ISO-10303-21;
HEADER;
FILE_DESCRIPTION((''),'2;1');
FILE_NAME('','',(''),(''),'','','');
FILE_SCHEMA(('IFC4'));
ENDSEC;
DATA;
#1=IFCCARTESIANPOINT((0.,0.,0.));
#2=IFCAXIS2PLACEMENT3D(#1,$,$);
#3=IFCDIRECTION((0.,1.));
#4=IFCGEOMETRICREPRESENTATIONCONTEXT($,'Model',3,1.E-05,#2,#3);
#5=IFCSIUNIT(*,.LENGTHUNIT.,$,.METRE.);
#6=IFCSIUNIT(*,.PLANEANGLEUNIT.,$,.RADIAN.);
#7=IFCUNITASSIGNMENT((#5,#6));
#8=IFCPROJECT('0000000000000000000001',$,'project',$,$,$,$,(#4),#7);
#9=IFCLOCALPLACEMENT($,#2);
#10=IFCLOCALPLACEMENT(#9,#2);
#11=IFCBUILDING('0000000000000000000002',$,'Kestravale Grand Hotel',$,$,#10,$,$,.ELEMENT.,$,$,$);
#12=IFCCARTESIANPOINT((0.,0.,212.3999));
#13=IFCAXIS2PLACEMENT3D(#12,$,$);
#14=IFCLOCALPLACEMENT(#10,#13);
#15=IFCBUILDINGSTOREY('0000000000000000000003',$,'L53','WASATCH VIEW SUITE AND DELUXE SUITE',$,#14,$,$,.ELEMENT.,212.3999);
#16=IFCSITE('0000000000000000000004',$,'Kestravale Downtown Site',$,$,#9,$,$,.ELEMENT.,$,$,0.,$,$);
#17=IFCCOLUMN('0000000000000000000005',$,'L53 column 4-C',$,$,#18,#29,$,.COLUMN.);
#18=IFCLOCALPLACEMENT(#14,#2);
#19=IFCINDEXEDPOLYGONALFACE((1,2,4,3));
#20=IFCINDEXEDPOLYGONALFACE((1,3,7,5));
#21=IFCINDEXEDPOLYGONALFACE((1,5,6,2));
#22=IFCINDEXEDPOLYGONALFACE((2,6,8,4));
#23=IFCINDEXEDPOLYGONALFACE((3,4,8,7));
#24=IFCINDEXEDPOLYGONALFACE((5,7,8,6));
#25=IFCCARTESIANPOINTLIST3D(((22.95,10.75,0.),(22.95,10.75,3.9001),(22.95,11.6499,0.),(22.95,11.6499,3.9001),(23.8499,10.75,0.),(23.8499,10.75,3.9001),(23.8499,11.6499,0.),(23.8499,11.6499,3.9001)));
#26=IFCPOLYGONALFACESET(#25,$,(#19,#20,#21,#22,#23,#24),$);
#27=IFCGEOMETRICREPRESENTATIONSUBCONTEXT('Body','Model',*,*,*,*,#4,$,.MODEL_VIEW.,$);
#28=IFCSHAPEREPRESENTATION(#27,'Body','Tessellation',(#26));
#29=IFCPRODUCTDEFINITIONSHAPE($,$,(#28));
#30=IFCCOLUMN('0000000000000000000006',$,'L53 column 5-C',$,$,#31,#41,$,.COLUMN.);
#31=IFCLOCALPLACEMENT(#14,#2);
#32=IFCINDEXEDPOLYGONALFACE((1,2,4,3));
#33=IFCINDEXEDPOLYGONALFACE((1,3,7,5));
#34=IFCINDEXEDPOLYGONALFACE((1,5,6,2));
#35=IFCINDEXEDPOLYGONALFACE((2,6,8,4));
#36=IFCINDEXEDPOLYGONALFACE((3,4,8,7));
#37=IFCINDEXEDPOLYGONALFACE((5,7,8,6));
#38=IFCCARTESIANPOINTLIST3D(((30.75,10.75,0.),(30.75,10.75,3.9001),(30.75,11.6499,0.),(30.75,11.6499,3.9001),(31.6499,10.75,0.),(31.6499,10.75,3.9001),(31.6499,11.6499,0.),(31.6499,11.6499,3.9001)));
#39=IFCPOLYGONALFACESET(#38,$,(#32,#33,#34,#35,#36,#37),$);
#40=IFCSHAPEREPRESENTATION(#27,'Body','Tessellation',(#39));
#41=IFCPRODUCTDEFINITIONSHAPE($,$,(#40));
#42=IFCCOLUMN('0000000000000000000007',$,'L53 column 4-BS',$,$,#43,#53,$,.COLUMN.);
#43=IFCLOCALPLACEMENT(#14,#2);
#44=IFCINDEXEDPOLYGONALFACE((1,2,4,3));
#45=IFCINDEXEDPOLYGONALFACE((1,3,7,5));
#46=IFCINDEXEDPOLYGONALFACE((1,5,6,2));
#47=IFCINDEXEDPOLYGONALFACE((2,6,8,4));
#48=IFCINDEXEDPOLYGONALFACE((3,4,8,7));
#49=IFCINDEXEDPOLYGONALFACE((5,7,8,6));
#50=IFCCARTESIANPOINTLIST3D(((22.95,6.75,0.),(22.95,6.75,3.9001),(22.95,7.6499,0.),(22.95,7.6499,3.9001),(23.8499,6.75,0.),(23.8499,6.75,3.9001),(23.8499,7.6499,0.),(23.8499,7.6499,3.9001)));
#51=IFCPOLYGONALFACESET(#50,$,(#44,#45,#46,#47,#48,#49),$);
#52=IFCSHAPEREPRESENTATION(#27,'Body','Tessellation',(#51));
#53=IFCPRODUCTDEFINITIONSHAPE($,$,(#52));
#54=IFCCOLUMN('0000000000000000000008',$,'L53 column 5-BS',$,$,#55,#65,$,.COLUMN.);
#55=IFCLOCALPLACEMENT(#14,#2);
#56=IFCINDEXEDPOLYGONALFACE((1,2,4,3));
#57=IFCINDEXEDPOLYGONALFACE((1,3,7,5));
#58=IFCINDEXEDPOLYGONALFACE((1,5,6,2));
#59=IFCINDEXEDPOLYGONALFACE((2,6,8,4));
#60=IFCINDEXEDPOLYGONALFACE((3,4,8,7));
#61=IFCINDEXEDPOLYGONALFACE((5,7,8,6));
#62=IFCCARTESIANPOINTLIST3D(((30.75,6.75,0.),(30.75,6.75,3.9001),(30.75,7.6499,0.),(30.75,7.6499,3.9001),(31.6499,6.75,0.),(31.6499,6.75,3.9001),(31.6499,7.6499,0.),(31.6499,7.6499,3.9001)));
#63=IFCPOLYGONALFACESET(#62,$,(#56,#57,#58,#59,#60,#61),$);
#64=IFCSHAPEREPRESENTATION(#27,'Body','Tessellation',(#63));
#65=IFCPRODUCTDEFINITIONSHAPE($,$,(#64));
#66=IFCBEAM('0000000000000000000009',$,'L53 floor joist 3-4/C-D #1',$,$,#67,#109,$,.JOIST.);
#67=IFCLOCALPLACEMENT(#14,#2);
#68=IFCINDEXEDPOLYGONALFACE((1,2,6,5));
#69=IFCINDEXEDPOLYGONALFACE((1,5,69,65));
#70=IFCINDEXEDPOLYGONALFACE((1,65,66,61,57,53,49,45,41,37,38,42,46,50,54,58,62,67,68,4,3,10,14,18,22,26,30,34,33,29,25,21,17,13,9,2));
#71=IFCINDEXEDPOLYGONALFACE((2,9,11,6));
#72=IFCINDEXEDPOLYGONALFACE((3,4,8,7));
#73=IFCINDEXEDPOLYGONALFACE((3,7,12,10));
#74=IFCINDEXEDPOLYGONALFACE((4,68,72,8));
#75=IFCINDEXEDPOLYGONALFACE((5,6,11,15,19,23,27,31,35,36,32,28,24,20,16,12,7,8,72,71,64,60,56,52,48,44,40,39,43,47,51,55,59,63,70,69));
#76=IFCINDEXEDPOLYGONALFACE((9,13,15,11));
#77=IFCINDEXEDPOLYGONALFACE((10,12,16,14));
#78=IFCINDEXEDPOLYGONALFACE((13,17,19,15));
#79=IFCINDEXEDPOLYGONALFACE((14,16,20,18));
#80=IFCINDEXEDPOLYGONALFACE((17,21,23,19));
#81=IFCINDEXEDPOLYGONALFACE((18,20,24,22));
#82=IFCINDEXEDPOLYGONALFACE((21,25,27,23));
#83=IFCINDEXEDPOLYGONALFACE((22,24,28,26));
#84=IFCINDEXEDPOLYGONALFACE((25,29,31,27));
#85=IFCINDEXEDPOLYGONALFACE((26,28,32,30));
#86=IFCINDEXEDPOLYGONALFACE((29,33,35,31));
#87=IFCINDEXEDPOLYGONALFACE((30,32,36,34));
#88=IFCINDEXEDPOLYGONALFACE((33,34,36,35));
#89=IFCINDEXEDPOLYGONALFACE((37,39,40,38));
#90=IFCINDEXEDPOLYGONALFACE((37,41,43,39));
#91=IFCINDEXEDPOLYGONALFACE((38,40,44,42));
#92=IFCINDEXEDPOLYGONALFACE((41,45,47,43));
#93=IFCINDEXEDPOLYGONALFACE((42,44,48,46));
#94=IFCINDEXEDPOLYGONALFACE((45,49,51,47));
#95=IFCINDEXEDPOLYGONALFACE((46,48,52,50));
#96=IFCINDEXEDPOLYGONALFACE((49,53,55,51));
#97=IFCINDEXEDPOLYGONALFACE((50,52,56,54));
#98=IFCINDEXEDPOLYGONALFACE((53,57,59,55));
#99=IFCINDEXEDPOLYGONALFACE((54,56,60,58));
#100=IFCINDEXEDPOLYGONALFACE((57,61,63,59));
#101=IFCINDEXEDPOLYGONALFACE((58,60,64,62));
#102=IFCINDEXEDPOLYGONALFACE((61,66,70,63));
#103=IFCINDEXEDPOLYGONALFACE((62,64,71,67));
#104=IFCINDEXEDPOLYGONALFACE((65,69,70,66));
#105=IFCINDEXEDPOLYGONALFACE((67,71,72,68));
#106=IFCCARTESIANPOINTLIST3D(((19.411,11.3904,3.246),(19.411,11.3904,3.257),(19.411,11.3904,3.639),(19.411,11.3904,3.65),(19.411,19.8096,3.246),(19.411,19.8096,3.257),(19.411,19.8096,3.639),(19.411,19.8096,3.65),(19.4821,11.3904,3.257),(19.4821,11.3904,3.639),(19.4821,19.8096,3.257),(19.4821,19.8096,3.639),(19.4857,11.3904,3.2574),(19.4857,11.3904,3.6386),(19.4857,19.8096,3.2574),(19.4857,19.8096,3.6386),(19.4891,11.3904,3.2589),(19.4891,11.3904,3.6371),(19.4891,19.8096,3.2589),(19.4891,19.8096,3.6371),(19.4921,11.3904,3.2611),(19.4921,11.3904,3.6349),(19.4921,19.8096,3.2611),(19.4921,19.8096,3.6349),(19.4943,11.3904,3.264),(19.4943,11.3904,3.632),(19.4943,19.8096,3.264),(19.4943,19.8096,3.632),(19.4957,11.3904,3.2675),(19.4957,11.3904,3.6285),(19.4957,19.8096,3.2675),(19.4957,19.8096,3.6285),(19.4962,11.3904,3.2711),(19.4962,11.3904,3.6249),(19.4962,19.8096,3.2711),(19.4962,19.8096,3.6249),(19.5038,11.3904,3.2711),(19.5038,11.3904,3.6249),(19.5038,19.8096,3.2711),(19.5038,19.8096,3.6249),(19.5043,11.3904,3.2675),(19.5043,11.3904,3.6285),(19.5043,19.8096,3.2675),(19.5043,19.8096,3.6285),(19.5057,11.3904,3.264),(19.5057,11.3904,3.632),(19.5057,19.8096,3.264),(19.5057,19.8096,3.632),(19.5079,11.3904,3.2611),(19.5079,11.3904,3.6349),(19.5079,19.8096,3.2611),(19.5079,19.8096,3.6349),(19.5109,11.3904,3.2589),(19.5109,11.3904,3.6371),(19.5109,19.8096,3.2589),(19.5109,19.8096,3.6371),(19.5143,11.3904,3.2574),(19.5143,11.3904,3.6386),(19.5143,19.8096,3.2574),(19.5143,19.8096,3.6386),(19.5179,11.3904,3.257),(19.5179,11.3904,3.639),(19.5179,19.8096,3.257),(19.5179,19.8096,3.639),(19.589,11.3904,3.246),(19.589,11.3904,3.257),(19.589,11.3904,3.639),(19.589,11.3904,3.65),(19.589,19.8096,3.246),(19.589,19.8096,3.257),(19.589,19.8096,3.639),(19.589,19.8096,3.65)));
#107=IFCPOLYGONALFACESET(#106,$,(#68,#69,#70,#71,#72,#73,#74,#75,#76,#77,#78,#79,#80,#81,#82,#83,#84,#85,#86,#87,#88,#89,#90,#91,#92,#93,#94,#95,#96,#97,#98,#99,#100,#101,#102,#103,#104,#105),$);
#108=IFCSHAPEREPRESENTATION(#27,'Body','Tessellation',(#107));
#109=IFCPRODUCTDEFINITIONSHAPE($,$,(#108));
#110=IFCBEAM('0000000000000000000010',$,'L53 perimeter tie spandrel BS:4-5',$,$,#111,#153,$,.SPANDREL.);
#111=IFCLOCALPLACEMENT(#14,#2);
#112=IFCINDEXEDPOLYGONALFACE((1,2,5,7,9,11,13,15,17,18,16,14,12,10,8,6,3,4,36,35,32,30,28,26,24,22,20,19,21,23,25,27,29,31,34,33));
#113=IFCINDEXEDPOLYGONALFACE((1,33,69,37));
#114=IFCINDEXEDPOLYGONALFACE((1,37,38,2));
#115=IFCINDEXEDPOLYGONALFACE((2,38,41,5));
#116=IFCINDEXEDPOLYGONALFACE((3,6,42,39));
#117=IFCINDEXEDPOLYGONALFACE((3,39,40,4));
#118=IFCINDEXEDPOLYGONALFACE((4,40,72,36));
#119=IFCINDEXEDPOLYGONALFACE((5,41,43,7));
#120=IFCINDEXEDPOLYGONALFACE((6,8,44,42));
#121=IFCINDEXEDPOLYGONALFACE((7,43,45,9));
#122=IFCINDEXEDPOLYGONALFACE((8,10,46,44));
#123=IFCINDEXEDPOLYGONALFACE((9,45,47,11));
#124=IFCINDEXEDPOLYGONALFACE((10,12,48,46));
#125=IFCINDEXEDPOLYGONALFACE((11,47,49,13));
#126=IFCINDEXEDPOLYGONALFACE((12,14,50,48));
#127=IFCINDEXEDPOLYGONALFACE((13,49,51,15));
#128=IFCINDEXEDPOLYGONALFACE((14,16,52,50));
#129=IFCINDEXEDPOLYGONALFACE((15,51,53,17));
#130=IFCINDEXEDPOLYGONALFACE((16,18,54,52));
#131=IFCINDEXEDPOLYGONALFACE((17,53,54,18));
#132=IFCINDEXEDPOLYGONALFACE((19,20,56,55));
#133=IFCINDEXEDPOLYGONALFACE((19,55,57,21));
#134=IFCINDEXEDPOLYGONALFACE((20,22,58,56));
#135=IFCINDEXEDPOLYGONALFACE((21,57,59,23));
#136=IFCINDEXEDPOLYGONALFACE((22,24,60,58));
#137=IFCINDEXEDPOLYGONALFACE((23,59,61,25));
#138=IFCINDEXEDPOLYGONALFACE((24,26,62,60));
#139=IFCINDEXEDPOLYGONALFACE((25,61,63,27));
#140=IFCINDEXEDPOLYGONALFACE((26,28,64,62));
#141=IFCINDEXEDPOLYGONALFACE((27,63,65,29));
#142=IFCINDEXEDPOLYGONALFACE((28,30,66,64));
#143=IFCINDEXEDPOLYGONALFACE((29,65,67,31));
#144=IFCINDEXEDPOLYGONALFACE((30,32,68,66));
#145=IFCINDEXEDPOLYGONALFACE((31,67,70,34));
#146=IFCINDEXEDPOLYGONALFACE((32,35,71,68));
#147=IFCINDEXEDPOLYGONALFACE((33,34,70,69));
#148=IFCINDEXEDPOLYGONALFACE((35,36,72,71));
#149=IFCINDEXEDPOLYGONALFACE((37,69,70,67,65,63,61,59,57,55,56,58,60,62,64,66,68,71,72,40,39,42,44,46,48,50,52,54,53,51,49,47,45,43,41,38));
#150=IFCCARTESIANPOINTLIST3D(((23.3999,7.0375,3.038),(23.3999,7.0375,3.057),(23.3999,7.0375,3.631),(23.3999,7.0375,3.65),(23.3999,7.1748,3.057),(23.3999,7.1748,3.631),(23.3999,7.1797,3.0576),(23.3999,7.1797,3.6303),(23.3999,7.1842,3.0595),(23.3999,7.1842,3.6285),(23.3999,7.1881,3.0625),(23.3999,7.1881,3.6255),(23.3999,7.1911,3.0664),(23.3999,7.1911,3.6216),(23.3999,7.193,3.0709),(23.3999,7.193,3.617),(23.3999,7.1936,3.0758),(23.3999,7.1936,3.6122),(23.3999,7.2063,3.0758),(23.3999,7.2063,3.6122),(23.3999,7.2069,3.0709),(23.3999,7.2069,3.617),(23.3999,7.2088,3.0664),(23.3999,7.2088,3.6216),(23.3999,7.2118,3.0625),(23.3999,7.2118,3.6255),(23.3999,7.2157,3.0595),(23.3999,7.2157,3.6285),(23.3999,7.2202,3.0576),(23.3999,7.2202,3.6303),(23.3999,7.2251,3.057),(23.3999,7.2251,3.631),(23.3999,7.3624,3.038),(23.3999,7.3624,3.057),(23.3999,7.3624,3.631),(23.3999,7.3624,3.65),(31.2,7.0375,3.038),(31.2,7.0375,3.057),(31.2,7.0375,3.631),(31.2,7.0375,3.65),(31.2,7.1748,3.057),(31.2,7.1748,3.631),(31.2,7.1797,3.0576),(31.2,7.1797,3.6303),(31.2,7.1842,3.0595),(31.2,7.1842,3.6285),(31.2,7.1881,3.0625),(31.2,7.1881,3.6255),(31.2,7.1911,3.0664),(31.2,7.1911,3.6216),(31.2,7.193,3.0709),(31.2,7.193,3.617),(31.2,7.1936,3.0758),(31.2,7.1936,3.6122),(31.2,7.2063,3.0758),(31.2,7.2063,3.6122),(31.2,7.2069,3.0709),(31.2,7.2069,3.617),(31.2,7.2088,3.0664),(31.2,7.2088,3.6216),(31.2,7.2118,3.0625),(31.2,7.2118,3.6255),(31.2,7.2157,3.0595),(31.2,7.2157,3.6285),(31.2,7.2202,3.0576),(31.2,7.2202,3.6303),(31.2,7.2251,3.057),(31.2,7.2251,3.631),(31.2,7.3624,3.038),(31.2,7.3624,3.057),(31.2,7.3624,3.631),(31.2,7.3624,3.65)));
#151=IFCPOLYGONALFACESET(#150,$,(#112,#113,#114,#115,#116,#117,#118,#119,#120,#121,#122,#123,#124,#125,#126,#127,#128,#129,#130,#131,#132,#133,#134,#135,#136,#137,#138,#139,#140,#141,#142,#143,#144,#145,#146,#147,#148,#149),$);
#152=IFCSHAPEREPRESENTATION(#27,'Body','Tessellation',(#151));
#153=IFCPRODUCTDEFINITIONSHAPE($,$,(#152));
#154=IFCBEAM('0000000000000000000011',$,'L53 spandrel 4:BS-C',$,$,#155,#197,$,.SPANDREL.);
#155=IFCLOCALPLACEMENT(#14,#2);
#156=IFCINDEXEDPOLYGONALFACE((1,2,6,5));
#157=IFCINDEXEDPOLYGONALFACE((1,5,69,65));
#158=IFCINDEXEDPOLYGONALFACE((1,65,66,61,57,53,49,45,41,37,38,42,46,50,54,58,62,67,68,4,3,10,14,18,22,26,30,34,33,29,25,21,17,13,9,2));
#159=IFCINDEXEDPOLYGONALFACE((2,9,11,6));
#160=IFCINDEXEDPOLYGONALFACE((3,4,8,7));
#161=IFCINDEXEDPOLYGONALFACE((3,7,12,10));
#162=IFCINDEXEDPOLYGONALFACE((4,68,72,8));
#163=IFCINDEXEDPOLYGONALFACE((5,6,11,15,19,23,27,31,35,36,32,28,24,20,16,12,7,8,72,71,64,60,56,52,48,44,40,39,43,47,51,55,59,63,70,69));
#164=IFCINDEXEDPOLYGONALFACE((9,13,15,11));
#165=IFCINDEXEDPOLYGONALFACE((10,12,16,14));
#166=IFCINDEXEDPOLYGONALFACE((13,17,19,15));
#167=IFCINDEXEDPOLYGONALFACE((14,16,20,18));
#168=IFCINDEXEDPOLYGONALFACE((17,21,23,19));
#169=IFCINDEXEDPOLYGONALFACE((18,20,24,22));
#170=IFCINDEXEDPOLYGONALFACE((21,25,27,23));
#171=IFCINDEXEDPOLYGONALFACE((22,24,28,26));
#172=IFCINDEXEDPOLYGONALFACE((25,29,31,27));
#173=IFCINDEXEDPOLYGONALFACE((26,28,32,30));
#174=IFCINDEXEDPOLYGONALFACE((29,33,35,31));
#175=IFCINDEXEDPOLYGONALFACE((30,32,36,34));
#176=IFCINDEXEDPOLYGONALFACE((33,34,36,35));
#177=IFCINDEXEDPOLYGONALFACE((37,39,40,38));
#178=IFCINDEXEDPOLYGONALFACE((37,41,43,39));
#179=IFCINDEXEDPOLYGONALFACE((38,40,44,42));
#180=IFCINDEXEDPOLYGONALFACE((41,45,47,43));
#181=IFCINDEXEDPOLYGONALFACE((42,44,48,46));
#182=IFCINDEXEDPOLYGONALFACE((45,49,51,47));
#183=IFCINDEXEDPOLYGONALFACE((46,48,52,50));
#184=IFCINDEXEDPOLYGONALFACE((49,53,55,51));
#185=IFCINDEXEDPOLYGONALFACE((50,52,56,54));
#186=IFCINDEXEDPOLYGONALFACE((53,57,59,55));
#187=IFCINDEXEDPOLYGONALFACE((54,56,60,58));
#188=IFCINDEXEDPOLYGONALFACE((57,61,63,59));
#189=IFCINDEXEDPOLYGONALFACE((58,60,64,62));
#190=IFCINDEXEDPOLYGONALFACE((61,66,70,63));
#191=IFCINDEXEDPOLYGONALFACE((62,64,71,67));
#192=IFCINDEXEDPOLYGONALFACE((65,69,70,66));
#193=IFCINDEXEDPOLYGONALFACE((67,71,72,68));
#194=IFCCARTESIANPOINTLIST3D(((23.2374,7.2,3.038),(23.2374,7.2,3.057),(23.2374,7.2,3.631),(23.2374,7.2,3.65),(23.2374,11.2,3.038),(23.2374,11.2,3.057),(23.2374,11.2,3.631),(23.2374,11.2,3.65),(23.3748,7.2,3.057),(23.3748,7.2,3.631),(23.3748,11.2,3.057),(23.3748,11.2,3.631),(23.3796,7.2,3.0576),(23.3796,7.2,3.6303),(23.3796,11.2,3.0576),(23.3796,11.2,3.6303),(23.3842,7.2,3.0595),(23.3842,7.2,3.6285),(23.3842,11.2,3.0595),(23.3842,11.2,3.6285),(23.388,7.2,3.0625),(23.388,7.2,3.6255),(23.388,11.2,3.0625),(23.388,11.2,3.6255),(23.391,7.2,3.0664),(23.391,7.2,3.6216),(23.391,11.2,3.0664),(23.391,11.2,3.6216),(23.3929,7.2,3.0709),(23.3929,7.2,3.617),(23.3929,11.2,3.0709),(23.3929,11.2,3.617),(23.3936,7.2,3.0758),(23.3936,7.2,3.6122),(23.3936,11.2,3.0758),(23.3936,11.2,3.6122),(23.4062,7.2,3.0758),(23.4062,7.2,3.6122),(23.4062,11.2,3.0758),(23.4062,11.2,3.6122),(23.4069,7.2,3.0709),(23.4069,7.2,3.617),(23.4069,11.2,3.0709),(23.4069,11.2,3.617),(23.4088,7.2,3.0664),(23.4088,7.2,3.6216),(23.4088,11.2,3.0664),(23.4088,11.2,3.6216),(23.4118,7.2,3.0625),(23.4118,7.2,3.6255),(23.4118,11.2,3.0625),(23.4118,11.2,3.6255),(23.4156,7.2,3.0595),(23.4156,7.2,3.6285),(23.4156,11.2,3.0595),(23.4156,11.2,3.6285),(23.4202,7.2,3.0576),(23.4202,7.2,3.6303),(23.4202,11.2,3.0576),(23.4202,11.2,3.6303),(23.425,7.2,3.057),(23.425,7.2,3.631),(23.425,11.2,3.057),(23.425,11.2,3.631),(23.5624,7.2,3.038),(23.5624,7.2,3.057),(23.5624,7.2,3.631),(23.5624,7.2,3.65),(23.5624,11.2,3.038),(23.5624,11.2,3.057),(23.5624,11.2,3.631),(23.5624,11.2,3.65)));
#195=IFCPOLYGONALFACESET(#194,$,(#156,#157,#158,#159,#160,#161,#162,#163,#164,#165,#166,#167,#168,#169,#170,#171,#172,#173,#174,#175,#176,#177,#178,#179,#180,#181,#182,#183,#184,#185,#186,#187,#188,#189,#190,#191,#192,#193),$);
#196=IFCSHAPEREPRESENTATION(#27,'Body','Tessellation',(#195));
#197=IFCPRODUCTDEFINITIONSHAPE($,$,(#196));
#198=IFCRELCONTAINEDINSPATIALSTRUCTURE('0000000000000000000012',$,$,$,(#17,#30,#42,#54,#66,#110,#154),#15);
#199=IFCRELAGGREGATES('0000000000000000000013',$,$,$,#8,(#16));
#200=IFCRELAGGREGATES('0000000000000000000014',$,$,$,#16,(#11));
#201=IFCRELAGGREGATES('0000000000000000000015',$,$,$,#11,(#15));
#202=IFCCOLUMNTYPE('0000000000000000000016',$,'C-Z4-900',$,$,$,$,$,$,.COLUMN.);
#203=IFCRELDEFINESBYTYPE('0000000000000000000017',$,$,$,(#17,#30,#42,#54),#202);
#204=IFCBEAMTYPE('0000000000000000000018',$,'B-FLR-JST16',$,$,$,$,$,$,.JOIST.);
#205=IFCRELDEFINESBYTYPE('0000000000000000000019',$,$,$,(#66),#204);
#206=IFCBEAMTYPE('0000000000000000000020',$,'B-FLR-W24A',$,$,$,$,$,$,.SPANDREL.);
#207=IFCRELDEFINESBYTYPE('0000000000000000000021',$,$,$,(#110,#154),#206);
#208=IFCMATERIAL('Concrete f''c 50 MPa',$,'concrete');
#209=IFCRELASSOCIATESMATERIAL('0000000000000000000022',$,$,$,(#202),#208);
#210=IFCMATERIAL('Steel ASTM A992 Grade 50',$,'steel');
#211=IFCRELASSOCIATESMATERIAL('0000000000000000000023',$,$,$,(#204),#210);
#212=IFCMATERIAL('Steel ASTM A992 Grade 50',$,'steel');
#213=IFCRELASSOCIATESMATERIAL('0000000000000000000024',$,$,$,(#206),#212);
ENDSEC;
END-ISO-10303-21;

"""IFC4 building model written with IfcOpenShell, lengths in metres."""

from ifc_helpers import new_model, si_unit, direction, frame, origin, origin_2d, place, context, subcontext, project, spatial, rectangle, i_section, extrude, material, material_profile, profile_set, type_object, element, save


model = new_model("IFC4")

# Units and contexts
model_context = context("Model", 3, precision=1e-05, world=origin(), true_north=direction((0.0, 1.0)))
body_context = subcontext(model_context, "Body", "Model", "MODEL_VIEW")
ifc_project = project(units=[si_unit("LENGTHUNIT", "METRE"), si_unit("PLANEANGLEUNIT", "RADIAN")], contexts=[model_context])

# Site, building, storey
site_placement = place(None, origin())
site = spatial("IfcSite", under=ifc_project, at=site_placement, Name="Kestravale Downtown Site", CompositionType="ELEMENT", RefElevation=0.0)
building_placement = place(site_placement, origin())
building = spatial("IfcBuilding", under=site, at=building_placement, Name="Kestravale Grand Hotel", CompositionType="ELEMENT")
storey_placement = place(building_placement, frame((0.0, 0.0, 212.3999)))
storey = spatial("IfcBuildingStorey", under=building, at=storey_placement, Name="L53", Description="WASATCH VIEW SUITE AND DELUXE SUITE", CompositionType="ELEMENT", Elevation=212.3999)

# Columns
ifc_material_1 = material(Name="Concrete f'c 50 MPa", Category="concrete")
ifc_material_profile_1 = material_profile(ifc_material_1, rectangle(XDim=0.8999, YDim=0.8999, at=origin_2d()))
ifc_profile_set_1 = profile_set([ifc_material_profile_1], Name="Concrete f'c 50 MPa")
column_type = type_object("IfcColumnType", Name="C-Z4-900", PredefinedType="COLUMN", material=ifc_profile_set_1)
for number, where, z_axis, x_axis, name in (
    (1, (23.3999, 11.2, 0.0), (0.0, 0.0, 1.0), (1.0, 0.0, 0.0), "L53 column 4-C"),
    (2, (31.2, 11.2, 0.0), (0.0, 0.0, 1.0), (1.0, 0.0, 0.0), "L53 column 5-C"),
    (3, (23.3999, 7.2, 0.0), (0.0, 0.0, 1.0), (1.0, 0.0, 0.0), "L53 column 4-BS"),
    (4, (31.2, 7.2, 0.0), (0.0, 0.0, 1.0), (1.0, 0.0, 0.0), "L53 column 5-BS"),
):
    element("IfcColumn", number, at=place(storey_placement, frame(where, z_axis=z_axis, x_axis=x_axis)), inside=storey, type_object=column_type, Name=name, PredefinedType="COLUMN", context=body_context, shape_type="SweptSolid", body=[
        extrude(rectangle(XDim=0.8999, YDim=0.8999, at=origin_2d()), origin(), (0.0, 0.0, 1.0), 3.9001),
    ])

# Beams
ifc_material_2 = material(Name="Steel ASTM A992 Grade 50", Category="steel")
ifc_material_profile_2 = material_profile(ifc_material_2, i_section(OverallWidth=0.178, OverallDepth=0.4041, WebThickness=0.0076, FlangeThickness=0.011, FilletRadius=0.0142, at=origin_2d()))
ifc_profile_set_2 = profile_set([ifc_material_profile_2], Name="Steel ASTM A992 Grade 50")
beam_type_1 = type_object("IfcBeamType", Name="B-FLR-JST16", PredefinedType="JOIST", material=ifc_profile_set_2)
beam_1_placement = place(storey_placement, frame((19.5, 11.3904, 3.448), z_axis=(0.0, 1.0, 0.0), x_axis=(-1.0, 0.0, 0.0)))
element("IfcBeam", 5, at=beam_1_placement, inside=storey, type_object=beam_type_1, Name="L53 floor joist 3-4/C-D #1", PredefinedType="JOIST", context=body_context, shape_type="SweptSolid", body=[
    extrude(i_section(OverallWidth=0.178, OverallDepth=0.4041, WebThickness=0.0076, FlangeThickness=0.011, FilletRadius=0.0142, at=origin_2d()), origin(), (0.0, 0.0, 1.0), 8.4192),
])
ifc_material_3 = material(Name="Steel ASTM A992 Grade 50", Category="steel")
ifc_material_profile_3 = material_profile(ifc_material_3, i_section(OverallWidth=0.325, OverallDepth=0.6121, WebThickness=0.0127, FlangeThickness=0.019, FilletRadius=0.0188, at=origin_2d()))
ifc_profile_set_3 = profile_set([ifc_material_profile_3], Name="Steel ASTM A992 Grade 50")
beam_type_2 = type_object("IfcBeamType", Name="B-FLR-W24A", PredefinedType="SPANDREL", material=ifc_profile_set_3)
beam_2_placement = place(storey_placement, frame((23.3999, 7.2, 3.344), z_axis=(1.0, 0.0, 0.0), x_axis=(0.0, 1.0, 0.0)))
element("IfcBeam", 6, at=beam_2_placement, inside=storey, type_object=beam_type_2, Name="L53 perimeter tie spandrel BS:4-5", PredefinedType="SPANDREL", context=body_context, shape_type="SweptSolid", body=[
    extrude(i_section(OverallWidth=0.325, OverallDepth=0.6121, WebThickness=0.0127, FlangeThickness=0.019, FilletRadius=0.0188, at=origin_2d()), origin(), (0.0, 0.0, 1.0), 7.8),
])
for number, where, z_axis, x_axis, name in (
    (7, (23.3999, 7.2, 3.344), (0.0, 1.0, 0.0), (-1.0, 0.0, 0.0), "L53 spandrel 4:BS-C"),
):
    element("IfcBeam", number, at=place(storey_placement, frame(where, z_axis=z_axis, x_axis=x_axis)), inside=storey, type_object=beam_type_2, Name=name, PredefinedType="SPANDREL", context=body_context, shape_type="SweptSolid", body=[
        extrude(i_section(OverallWidth=0.325, OverallDepth=0.6121, WebThickness=0.0127, FlangeThickness=0.019, FilletRadius=0.0188, at=origin_2d()), origin(), (0.0, 0.0, 1.0), 4.0),
    ])

save(model, "model.ifc")
